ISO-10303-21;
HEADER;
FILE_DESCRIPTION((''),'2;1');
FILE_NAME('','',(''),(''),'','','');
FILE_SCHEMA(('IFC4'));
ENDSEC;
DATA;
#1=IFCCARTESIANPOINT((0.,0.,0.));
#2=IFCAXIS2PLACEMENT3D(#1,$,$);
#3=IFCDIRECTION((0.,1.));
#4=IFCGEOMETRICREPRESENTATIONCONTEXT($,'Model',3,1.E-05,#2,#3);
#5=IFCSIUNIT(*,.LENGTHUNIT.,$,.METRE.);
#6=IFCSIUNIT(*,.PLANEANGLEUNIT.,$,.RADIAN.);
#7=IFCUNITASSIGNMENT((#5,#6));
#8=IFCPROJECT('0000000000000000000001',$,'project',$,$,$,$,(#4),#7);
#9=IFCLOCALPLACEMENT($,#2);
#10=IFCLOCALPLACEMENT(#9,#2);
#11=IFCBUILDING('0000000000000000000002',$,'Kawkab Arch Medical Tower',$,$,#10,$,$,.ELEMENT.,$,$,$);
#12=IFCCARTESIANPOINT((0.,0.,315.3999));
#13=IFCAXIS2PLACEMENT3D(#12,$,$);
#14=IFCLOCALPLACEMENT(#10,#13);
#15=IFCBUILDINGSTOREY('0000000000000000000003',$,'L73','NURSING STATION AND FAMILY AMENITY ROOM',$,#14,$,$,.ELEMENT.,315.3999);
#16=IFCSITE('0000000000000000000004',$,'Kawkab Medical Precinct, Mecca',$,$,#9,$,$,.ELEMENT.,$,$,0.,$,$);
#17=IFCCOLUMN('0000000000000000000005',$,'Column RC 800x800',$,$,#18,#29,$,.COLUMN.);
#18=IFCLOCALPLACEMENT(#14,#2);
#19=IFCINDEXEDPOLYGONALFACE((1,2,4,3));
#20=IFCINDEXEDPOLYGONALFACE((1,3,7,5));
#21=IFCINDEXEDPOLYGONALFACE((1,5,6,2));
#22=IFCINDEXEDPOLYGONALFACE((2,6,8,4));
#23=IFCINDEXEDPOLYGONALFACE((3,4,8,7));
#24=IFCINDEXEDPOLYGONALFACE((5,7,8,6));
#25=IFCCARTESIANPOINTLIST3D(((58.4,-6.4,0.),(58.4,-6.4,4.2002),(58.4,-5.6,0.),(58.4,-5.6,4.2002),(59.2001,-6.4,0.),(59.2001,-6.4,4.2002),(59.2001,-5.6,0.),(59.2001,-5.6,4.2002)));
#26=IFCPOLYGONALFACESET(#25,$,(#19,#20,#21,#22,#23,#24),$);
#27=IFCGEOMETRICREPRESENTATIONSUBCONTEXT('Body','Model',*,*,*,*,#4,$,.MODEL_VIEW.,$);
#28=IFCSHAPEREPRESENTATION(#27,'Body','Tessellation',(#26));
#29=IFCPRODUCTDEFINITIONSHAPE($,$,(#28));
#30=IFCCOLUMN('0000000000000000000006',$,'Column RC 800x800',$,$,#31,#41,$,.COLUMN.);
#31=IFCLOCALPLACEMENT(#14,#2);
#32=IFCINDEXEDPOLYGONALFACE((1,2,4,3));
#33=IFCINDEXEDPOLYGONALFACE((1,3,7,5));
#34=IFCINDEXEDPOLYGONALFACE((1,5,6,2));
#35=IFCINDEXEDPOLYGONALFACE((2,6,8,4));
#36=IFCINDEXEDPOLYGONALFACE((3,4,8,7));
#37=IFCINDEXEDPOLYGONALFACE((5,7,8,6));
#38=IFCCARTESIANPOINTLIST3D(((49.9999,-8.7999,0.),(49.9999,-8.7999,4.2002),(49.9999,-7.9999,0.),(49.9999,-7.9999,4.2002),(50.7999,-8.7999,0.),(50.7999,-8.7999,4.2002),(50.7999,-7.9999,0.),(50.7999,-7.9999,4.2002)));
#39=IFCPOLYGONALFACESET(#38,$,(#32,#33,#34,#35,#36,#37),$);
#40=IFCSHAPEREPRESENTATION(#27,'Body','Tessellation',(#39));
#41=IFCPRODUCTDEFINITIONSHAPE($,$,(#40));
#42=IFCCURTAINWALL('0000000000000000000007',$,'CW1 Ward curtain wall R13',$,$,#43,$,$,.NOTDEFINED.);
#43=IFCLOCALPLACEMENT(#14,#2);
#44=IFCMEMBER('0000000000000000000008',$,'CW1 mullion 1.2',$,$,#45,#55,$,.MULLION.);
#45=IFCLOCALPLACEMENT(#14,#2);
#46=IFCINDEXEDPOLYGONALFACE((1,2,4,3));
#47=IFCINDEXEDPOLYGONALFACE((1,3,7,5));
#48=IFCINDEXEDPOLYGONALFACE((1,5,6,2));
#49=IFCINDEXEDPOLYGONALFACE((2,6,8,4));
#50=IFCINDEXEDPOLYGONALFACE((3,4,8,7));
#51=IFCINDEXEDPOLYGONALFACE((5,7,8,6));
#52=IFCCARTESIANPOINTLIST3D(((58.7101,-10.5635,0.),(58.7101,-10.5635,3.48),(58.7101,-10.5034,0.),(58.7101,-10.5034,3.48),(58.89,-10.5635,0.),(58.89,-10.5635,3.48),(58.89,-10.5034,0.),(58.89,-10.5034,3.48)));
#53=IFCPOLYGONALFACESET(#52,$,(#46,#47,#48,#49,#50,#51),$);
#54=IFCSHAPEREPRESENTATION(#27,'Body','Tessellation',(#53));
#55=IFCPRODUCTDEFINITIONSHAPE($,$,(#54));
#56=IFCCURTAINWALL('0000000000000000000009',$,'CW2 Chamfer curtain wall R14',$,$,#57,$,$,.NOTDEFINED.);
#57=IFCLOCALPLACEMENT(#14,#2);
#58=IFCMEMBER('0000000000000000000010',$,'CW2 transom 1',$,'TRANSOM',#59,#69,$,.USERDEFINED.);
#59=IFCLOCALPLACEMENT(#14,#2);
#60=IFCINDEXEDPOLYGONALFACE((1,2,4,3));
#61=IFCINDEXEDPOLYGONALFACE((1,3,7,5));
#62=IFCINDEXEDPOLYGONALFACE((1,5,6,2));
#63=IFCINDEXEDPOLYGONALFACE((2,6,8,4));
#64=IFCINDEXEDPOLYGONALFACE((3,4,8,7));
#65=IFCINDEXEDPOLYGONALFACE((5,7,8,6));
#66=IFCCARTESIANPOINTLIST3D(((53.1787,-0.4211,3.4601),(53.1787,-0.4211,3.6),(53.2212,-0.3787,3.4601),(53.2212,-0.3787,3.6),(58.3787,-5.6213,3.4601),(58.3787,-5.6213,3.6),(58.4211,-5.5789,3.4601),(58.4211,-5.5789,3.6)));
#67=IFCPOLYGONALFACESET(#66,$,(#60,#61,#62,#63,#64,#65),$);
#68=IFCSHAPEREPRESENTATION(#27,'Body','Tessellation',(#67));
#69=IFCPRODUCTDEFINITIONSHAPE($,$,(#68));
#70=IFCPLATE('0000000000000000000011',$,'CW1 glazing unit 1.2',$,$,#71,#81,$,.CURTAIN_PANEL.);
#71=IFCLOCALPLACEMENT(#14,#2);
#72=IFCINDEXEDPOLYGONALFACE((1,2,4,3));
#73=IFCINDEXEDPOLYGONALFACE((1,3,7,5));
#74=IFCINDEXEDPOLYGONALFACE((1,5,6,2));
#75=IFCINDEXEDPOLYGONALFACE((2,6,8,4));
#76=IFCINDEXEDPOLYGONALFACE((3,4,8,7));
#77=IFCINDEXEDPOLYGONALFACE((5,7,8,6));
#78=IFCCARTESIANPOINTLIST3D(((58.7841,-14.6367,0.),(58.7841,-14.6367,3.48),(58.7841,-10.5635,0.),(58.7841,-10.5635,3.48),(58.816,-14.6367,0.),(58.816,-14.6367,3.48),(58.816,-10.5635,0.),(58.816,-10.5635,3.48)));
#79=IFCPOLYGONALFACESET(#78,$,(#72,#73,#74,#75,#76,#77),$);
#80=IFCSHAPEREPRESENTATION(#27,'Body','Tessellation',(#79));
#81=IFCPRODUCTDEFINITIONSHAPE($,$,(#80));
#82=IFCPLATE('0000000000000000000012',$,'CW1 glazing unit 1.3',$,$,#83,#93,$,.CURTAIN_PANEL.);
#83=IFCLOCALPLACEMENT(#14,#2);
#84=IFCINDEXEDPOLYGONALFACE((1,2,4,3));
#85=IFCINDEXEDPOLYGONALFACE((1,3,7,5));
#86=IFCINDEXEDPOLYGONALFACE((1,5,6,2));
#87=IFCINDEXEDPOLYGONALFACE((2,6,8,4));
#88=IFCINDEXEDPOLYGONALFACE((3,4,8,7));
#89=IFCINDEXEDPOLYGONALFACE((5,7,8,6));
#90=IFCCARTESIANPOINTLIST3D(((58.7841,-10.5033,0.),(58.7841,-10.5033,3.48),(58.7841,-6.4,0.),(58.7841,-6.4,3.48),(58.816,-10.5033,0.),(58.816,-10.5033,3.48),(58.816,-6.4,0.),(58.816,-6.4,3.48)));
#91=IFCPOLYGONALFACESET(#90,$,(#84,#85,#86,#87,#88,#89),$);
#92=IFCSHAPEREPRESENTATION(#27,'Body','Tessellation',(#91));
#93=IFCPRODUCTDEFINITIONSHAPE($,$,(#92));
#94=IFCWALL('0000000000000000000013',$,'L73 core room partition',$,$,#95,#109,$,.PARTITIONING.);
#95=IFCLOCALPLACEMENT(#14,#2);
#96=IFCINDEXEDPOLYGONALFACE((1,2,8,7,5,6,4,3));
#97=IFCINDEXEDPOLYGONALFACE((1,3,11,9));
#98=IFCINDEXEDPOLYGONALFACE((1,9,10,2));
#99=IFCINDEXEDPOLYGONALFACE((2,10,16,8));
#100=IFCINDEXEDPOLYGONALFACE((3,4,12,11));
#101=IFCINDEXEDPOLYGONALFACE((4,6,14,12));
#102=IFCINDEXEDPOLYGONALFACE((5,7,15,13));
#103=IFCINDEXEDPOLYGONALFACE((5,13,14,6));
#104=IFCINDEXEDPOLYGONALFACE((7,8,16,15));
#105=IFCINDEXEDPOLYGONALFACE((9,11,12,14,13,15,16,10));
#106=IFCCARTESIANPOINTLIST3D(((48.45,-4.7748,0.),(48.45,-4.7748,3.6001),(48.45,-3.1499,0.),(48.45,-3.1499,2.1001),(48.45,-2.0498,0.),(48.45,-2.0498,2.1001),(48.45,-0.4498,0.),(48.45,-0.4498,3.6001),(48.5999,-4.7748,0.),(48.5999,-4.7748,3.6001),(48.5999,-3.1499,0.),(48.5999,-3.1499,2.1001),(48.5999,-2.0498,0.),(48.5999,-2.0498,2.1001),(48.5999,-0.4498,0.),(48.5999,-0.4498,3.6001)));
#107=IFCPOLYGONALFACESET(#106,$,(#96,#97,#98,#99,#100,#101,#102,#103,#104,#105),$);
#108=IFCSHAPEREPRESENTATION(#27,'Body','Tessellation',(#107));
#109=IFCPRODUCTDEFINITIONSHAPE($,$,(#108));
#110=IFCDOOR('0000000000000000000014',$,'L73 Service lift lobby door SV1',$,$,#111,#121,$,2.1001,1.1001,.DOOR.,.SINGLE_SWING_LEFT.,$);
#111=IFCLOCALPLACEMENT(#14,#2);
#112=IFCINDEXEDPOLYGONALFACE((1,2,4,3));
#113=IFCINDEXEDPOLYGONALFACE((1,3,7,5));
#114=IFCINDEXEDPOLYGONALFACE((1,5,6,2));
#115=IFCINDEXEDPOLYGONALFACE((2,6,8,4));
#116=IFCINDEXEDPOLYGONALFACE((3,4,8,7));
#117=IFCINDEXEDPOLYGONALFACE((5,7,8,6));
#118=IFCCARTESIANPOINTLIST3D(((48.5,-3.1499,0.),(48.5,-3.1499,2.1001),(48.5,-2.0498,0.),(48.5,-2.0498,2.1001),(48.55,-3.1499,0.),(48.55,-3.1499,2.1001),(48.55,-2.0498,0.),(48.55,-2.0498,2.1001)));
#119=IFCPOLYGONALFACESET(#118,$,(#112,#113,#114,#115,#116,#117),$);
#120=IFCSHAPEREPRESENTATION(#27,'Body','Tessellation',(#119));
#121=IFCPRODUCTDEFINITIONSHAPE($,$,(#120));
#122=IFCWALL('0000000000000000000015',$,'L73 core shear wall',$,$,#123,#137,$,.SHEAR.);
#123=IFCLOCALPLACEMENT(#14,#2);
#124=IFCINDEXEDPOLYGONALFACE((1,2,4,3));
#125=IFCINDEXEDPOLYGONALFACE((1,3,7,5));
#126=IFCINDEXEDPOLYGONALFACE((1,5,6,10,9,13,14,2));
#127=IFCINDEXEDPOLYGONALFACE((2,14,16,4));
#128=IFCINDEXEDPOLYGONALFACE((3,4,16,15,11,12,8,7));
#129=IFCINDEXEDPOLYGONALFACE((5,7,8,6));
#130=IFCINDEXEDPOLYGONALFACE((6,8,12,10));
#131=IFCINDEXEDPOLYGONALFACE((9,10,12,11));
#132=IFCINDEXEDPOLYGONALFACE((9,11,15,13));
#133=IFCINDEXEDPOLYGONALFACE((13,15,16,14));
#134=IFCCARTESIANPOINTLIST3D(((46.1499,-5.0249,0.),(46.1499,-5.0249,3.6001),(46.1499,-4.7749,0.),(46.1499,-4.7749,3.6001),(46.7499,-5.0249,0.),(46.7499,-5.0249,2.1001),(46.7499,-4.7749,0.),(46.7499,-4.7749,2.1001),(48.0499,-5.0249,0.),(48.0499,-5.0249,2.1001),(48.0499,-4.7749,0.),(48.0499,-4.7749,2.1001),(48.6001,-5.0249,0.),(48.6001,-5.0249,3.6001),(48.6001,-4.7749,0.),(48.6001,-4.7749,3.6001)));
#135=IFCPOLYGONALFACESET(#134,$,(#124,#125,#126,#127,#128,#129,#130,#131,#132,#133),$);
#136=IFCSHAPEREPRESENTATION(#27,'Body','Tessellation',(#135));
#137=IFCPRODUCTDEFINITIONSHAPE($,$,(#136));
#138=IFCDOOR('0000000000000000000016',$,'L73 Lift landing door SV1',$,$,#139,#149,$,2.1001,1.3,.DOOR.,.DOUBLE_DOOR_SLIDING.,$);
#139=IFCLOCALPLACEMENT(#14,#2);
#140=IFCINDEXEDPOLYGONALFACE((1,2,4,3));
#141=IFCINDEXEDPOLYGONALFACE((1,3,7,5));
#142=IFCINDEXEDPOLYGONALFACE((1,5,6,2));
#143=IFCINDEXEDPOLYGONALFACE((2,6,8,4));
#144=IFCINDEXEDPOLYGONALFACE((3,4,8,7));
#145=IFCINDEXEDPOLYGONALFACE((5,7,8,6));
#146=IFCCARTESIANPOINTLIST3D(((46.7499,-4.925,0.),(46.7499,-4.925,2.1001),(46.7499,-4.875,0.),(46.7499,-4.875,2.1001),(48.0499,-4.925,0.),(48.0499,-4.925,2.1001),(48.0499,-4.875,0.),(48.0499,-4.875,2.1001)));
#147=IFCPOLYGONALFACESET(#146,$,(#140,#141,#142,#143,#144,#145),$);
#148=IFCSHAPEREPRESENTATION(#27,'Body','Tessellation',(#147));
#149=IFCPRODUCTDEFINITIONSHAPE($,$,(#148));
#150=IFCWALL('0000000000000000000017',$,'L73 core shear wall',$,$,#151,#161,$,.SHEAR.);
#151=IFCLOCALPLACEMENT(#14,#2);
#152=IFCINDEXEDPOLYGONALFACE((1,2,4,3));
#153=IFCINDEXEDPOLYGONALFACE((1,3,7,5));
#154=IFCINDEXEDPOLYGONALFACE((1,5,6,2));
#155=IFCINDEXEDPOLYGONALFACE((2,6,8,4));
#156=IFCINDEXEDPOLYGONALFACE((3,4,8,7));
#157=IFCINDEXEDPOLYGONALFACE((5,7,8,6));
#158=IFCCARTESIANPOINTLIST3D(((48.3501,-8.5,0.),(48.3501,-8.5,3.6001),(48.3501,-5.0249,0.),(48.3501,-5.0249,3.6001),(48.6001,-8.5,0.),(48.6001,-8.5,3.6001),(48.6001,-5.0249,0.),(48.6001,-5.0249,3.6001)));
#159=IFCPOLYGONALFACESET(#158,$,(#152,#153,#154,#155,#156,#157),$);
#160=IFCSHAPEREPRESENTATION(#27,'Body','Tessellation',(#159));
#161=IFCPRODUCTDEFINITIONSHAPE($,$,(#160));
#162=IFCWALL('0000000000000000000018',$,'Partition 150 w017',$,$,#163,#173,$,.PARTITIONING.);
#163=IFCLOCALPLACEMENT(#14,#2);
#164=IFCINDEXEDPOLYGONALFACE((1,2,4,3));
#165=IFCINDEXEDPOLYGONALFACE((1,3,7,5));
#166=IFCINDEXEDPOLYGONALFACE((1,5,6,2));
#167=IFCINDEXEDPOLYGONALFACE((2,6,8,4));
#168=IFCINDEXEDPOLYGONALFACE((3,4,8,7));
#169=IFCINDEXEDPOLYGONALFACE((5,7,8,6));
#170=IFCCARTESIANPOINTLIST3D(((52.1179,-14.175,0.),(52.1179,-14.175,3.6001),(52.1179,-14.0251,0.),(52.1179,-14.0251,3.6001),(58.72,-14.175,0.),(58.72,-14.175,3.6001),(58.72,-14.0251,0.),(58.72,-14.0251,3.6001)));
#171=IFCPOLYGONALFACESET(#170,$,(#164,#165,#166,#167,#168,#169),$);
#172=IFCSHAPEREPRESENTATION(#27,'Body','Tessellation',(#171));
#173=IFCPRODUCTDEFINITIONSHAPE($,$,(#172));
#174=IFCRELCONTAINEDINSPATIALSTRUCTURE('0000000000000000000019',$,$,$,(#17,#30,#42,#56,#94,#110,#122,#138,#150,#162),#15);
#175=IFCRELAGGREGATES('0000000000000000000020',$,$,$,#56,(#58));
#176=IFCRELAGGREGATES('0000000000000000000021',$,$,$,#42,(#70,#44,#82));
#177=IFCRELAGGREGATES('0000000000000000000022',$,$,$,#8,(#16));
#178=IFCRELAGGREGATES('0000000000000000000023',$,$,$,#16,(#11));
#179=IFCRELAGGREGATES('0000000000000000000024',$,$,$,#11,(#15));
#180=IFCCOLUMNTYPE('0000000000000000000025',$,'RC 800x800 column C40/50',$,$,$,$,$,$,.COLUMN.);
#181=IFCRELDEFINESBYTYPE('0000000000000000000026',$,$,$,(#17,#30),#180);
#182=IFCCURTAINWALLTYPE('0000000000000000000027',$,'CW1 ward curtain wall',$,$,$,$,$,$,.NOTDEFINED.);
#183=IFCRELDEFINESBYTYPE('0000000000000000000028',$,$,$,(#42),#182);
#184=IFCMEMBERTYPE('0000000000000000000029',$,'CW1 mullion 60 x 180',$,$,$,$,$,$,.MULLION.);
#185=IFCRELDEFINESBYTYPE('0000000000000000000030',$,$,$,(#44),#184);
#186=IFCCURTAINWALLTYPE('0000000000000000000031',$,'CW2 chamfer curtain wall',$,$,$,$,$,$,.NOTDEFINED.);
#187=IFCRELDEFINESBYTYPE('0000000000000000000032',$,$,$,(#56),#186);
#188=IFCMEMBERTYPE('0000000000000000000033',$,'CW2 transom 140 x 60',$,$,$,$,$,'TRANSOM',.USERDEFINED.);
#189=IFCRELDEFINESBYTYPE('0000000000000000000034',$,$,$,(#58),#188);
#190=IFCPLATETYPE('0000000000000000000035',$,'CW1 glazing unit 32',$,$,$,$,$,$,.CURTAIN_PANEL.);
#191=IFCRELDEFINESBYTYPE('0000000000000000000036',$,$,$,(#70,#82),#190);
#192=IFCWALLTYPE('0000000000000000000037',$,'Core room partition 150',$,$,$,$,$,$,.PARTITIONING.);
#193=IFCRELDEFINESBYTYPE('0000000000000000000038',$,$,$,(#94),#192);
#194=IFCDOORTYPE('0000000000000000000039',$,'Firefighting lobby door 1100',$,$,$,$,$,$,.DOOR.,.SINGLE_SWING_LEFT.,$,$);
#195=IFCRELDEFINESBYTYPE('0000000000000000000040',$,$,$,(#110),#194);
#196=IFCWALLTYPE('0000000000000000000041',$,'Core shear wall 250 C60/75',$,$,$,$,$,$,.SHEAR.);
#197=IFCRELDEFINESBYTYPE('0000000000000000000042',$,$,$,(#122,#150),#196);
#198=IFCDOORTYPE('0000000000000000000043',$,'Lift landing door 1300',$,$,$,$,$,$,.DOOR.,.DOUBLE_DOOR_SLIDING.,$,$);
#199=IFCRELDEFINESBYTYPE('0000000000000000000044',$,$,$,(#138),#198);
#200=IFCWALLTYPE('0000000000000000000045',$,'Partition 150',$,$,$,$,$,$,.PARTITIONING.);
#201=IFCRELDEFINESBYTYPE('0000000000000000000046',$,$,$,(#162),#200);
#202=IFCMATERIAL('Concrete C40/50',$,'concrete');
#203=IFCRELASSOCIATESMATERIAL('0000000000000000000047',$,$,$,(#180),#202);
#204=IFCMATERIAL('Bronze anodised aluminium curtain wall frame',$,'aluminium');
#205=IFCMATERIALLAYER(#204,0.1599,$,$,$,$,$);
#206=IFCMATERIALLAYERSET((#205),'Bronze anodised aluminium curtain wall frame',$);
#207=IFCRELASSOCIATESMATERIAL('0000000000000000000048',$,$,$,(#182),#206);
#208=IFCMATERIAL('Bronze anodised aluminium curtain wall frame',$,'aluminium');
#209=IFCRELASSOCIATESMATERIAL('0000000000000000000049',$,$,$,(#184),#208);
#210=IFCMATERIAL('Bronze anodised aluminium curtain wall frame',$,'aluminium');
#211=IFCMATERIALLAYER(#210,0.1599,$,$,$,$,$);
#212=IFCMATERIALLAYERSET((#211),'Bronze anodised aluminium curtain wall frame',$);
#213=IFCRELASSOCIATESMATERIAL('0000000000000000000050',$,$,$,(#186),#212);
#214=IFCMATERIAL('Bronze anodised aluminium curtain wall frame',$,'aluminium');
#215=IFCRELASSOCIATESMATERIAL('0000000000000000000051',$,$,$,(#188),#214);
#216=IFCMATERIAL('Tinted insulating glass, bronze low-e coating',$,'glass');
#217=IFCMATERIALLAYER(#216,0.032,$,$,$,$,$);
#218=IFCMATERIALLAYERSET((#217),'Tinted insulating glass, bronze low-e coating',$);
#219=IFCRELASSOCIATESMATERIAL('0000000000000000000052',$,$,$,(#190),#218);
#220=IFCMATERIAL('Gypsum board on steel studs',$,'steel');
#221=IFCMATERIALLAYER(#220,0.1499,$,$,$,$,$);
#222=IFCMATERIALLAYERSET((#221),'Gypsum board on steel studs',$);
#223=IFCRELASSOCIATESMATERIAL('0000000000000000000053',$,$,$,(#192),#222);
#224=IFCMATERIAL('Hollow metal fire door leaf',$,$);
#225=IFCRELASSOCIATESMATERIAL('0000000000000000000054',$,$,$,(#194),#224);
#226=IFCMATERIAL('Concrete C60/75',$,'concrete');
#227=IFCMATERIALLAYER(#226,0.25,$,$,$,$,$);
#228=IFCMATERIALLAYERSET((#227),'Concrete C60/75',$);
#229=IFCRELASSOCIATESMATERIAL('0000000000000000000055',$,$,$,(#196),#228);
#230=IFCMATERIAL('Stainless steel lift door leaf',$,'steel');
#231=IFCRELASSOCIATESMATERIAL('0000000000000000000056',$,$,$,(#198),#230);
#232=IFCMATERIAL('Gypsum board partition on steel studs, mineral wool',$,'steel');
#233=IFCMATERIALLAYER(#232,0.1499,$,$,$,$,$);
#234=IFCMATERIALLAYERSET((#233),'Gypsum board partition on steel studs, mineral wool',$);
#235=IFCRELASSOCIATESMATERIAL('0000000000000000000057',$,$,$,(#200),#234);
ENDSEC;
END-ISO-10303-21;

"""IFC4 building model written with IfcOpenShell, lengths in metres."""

from ifc_helpers import new_model, si_unit, direction, frame, frame_2d, origin, origin_2d, place, context, subcontext, project, spatial, rectangle, extrude, material, layer, layer_set, material_profile, profile_set, type_object, element, fill, aggregate, save


model = new_model("IFC4")

# Units and contexts
model_context = context("Model", 3, precision=1e-05, world=origin(), true_north=direction((0.0, 1.0)))
body_context = subcontext(model_context, "Body", "Model", "MODEL_VIEW")
ifc_project = project(units=[si_unit("LENGTHUNIT", "METRE"), si_unit("PLANEANGLEUNIT", "RADIAN")], contexts=[model_context])

# Site, building, storey
site_placement = place(None, origin())
site = spatial("IfcSite", under=ifc_project, at=site_placement, Name="Kawkab Medical Precinct, Mecca", CompositionType="ELEMENT", RefElevation=0.0)
building_placement = place(site_placement, origin())
building = spatial("IfcBuilding", under=site, at=building_placement, Name="Kawkab Arch Medical Tower", CompositionType="ELEMENT")
storey_placement = place(building_placement, frame((0.0, 0.0, 315.3999)))
storey = spatial("IfcBuildingStorey", under=building, at=storey_placement, Name="L73", Description="NURSING STATION AND FAMILY AMENITY ROOM", CompositionType="ELEMENT", Elevation=315.3999)

# Columns
ifc_material_1 = material(Name="Concrete C40/50", Category="concrete")
ifc_material_profile_1 = material_profile(ifc_material_1, rectangle(XDim=0.8, YDim=0.8, at=origin_2d()), Name="RC 800x800")
ifc_profile_set_1 = profile_set([ifc_material_profile_1], Name="Concrete C40/50")
column_type = type_object("IfcColumnType", Name="RC 800x800 column C40/50", PredefinedType="COLUMN", material=ifc_profile_set_1)
for number, where, z_axis, x_axis, name in (
    (1, (58.8, -6.0, 0.0), (0.0, 0.0, 1.0), (1.0, 0.0, 0.0), "Column RC 800x800"),
    (2, (50.3999, -8.3999, 0.0), (0.0, 0.0, 1.0), (1.0, 0.0, 0.0), "Column RC 800x800"),
):
    element("IfcColumn", number, at=place(storey_placement, frame(where, z_axis=z_axis, x_axis=x_axis)), inside=storey, type_object=column_type, Name=name, PredefinedType="COLUMN", context=body_context, shape_type="SweptSolid", body=[
        extrude(rectangle(XDim=0.8, YDim=0.8, at=origin_2d()), origin(), (0.0, 0.0, 1.0), 4.2002),
    ])

# Curtain walls, members
ifc_material_2 = material(Name="Bronze anodised aluminium curtain wall frame", Category="aluminium")
ifc_layer_1 = layer(ifc_material_2, 0.1599)
ifc_layer_set_1 = layer_set([ifc_layer_1], Name="Bronze anodised aluminium curtain wall frame")
curtain_wall_type_1 = type_object("IfcCurtainWallType", Name="CW1 ward curtain wall", PredefinedType="NOTDEFINED", material=ifc_layer_set_1)
placement = place(storey_placement, origin())
curtain_wall_1 = element("IfcCurtainWall", 3, at=placement, inside=storey, type_object=curtain_wall_type_1, Name="CW1 Ward curtain wall R13", PredefinedType="NOTDEFINED")
ifc_material_3 = material(Name="Bronze anodised aluminium curtain wall frame", Category="aluminium")
ifc_material_profile_2 = material_profile(ifc_material_3, rectangle(XDim=0.1799, YDim=0.0601, at=origin_2d()), Name="AL 60x180")
ifc_profile_set_2 = profile_set([ifc_material_profile_2], Name="Bronze anodised aluminium curtain wall frame")
member_type_1 = type_object("IfcMemberType", Name="CW1 mullion 60 x 180", PredefinedType="MULLION", material=ifc_profile_set_2)
member_1_placement = place(storey_placement, frame((58.8, -10.5334, 0.0), z_axis=(0.0, 0.0, 1.0), x_axis=(-1.0, 0.0, 0.0)))
member_1 = element("IfcMember", 4, at=member_1_placement, type_object=member_type_1, Name="CW1 mullion 1.2", PredefinedType="MULLION", context=body_context, shape_type="SweptSolid", body=[
    extrude(rectangle(XDim=0.1799, YDim=0.0601, at=origin_2d()), origin(), (0.0, 0.0, 1.0), 3.48),
])
ifc_material_4 = material(Name="Bronze anodised aluminium curtain wall frame", Category="aluminium")
ifc_layer_2 = layer(ifc_material_4, 0.1599)
ifc_layer_set_2 = layer_set([ifc_layer_2], Name="Bronze anodised aluminium curtain wall frame")
curtain_wall_type_2 = type_object("IfcCurtainWallType", Name="CW2 chamfer curtain wall", PredefinedType="NOTDEFINED", material=ifc_layer_set_2)
curtain_wall_2 = element("IfcCurtainWall", 5, at=placement, inside=storey, type_object=curtain_wall_type_2, Name="CW2 Chamfer curtain wall R14", PredefinedType="NOTDEFINED")
ifc_material_5 = material(Name="Bronze anodised aluminium curtain wall frame", Category="aluminium")
ifc_material_profile_3 = material_profile(ifc_material_5, rectangle(XDim=0.0601, YDim=0.1399, at=origin_2d()), Name="AL 60x140")
ifc_profile_set_3 = profile_set([ifc_material_profile_3], Name="Bronze anodised aluminium curtain wall frame")
member_type_2 = type_object("IfcMemberType", Name="CW2 transom 140 x 60", ElementType="TRANSOM", PredefinedType="USERDEFINED", material=ifc_profile_set_3)
member_2_placement = place(storey_placement, frame((58.3999, -5.6001, 3.53), z_axis=(-0.70709, 0.707123, 0.0), x_axis=(-0.707123, -0.70709, 0.0)))
member_2 = element("IfcMember", 6, at=member_2_placement, type_object=member_type_2, Name="CW2 transom 1", ObjectType="TRANSOM", PredefinedType="USERDEFINED", context=body_context, shape_type="SweptSolid", body=[
    extrude(rectangle(XDim=0.0601, YDim=0.1399, at=origin_2d()), origin(), (0.0, 0.0, 1.0), 7.354),
])
aggregate(curtain_wall_2, [member_2])

# Plates
ifc_material_6 = material(Name="Tinted insulating glass, bronze low-e coating", Category="glass")
ifc_layer_3 = layer(ifc_material_6, 0.032)
ifc_layer_set_3 = layer_set([ifc_layer_3], Name="Tinted insulating glass, bronze low-e coating")
plate_type = type_object("IfcPlateType", Name="CW1 glazing unit 32", PredefinedType="CURTAIN_PANEL", material=ifc_layer_set_3)
plate_1_placement = place(storey_placement, frame((58.8, -12.6001, 0.0), z_axis=(0.0, 0.0, 1.0), x_axis=(0.0, 1.0, 0.0)))
plate_1 = element("IfcPlate", 7, at=plate_1_placement, type_object=plate_type, Name="CW1 glazing unit 1.2", PredefinedType="CURTAIN_PANEL", context=body_context, shape_type="SweptSolid", body=[
    extrude(rectangle(XDim=4.0732, YDim=0.032, at=origin_2d()), origin(), (0.0, 0.0, 1.0), 3.48),
])
plate_2_placement = place(storey_placement, frame((58.8, -8.4517, 0.0), z_axis=(0.0, 0.0, 1.0), x_axis=(0.0, 1.0, 0.0)))
plate_2 = element("IfcPlate", 8, at=plate_2_placement, type_object=plate_type, Name="CW1 glazing unit 1.3", PredefinedType="CURTAIN_PANEL", context=body_context, shape_type="SweptSolid", body=[
    extrude(rectangle(XDim=4.1033, YDim=0.032, at=origin_2d()), origin(), (0.0, 0.0, 1.0), 3.48),
])
aggregate(curtain_wall_1, [plate_1, member_1, plate_2])

# Walls, openings, doors
ifc_material_7 = material(Name="Gypsum board on steel studs", Category="steel")
ifc_layer_4 = layer(ifc_material_7, 0.1499)
ifc_layer_set_4 = layer_set([ifc_layer_4], Name="Gypsum board on steel studs")
wall_type_1 = type_object("IfcWallType", Name="Core room partition 150", PredefinedType="PARTITIONING", material=ifc_layer_set_4)
wall_1_placement = place(storey_placement, frame((48.5249, -4.7749, 0.0), z_axis=(0.0, 0.0, 1.0), x_axis=(0.0, 1.0, 0.0)))
wall_1 = element("IfcWall", 9, at=wall_1_placement, inside=storey, type_object=wall_type_1, Name="L73 core room partition", PredefinedType="PARTITIONING", context=body_context, shape_type="SweptSolid", body=[
    extrude(rectangle(XDim=4.325, YDim=0.1499, at=frame_2d((2.1626, 0.0))), origin(), (0.0, 0.0, 1.0), 3.6001),
])
opening_1_placement = place(wall_1_placement, frame((1.625, 0.0, 0.0)))
opening_1 = element("IfcOpeningElement", 10, at=opening_1_placement, cuts=wall_1, PredefinedType="OPENING", context=body_context, shape_type="SweptSolid", body=[
    extrude(rectangle(XDim=1.1001, YDim=2.1001, at=frame_2d((0.55, 1.05))), frame((0.0, 0.085, 0.0), z_axis=(0.0, -1.0, 0.0), x_axis=(1.0, 0.0, 0.0)), (0.0, 0.0, 1.0), 0.1699),
])
ifc_material_8 = material(Name="Hollow metal fire door leaf")
door_type_1 = type_object("IfcDoorType", Name="Firefighting lobby door 1100", OperationType="SINGLE_SWING_LEFT", PredefinedType="DOOR", material=ifc_material_8)
door_1_placement = place(opening_1_placement, origin())
door_1 = element("IfcDoor", 11, at=door_1_placement, inside=storey, type_object=door_type_1, Name="L73 Service lift lobby door SV1", OperationType="SINGLE_SWING_LEFT", OverallHeight=2.1001, OverallWidth=1.1001, PredefinedType="DOOR", context=body_context, shape_type="SweptSolid", body=[
    extrude(rectangle(XDim=1.1001, YDim=2.1001, at=frame_2d((0.55, 1.05))), frame((0.0, 0.0249, 0.0), z_axis=(0.0, -1.0, 0.0), x_axis=(1.0, 0.0, 0.0)), (0.0, 0.0, 1.0), 0.05),
])
fill(opening_1, door_1)
ifc_material_9 = material(Name="Concrete C60/75", Category="concrete")
ifc_layer_5 = layer(ifc_material_9, 0.25)
ifc_layer_set_5 = layer_set([ifc_layer_5], Name="Concrete C60/75")
wall_type_2 = type_object("IfcWallType", Name="Core shear wall 250 C60/75", PredefinedType="SHEAR", material=ifc_layer_set_5)
wall_2_placement = place(storey_placement, frame((46.1499, -4.8999, 0.0), z_axis=(0.0, 0.0, 1.0), x_axis=(1.0, 0.0, 0.0)))
wall_2 = element("IfcWall", 12, at=wall_2_placement, inside=storey, type_object=wall_type_2, Name="L73 core shear wall", PredefinedType="SHEAR", context=body_context, shape_type="SweptSolid", body=[
    extrude(rectangle(XDim=2.4502, YDim=0.25, at=frame_2d((1.2251, 0.0))), origin(), (0.0, 0.0, 1.0), 3.6001),
])
opening_2_placement = place(wall_2_placement, frame((0.6001, 0.0, 0.0)))
opening_2 = element("IfcOpeningElement", 13, at=opening_2_placement, cuts=wall_2, PredefinedType="OPENING", context=body_context, shape_type="SweptSolid", body=[
    extrude(rectangle(XDim=1.3, YDim=2.1001, at=frame_2d((0.6499, 1.05))), frame((0.0, 0.135, 0.0), z_axis=(0.0, -1.0, 0.0), x_axis=(1.0, 0.0, 0.0)), (0.0, 0.0, 1.0), 0.27),
])
ifc_material_10 = material(Name="Stainless steel lift door leaf", Category="steel")
door_type_2 = type_object("IfcDoorType", Name="Lift landing door 1300", OperationType="DOUBLE_DOOR_SLIDING", PredefinedType="DOOR", material=ifc_material_10)
door_2_placement = place(opening_2_placement, origin())
door_2 = element("IfcDoor", 14, at=door_2_placement, inside=storey, type_object=door_type_2, Name="L73 Lift landing door SV1", OperationType="DOUBLE_DOOR_SLIDING", OverallHeight=2.1001, OverallWidth=1.3, PredefinedType="DOOR", context=body_context, shape_type="SweptSolid", body=[
    extrude(rectangle(XDim=1.3, YDim=2.1001, at=frame_2d((0.6499, 1.05))), frame((0.0, 0.0249, 0.0), z_axis=(0.0, -1.0, 0.0), x_axis=(1.0, 0.0, 0.0)), (0.0, 0.0, 1.0), 0.05),
])
fill(opening_2, door_2)

# Walls
wall_3_placement = place(storey_placement, frame((48.4751, -8.5, 0.0), z_axis=(0.0, 0.0, 1.0), x_axis=(0.0, 1.0, 0.0)))
element("IfcWall", 15, at=wall_3_placement, inside=storey, type_object=wall_type_2, Name="L73 core shear wall", PredefinedType="SHEAR", context=body_context, shape_type="SweptSolid", body=[
    extrude(rectangle(XDim=3.4751, YDim=0.25, at=frame_2d((1.7375, 0.0))), origin(), (0.0, 0.0, 1.0), 3.6001),
])
ifc_material_11 = material(Name="Gypsum board partition on steel studs, mineral wool", Category="steel")
ifc_layer_6 = layer(ifc_material_11, 0.1499)
ifc_layer_set_6 = layer_set([ifc_layer_6], Name="Gypsum board partition on steel studs, mineral wool")
wall_type_3 = type_object("IfcWallType", Name="Partition 150", PredefinedType="PARTITIONING", material=ifc_layer_set_6)
wall_4_placement = place(storey_placement, frame((52.1179, -14.1001, 0.0), z_axis=(0.0, 0.0, 1.0), x_axis=(1.0, 0.0, 0.0)))
element("IfcWall", 16, at=wall_4_placement, inside=storey, type_object=wall_type_3, Name="Partition 150 w017", PredefinedType="PARTITIONING", context=body_context, shape_type="SweptSolid", body=[
    extrude(rectangle(XDim=6.6021, YDim=0.1499, at=frame_2d((3.301, 0.0))), origin(), (0.0, 0.0, 1.0), 3.6001),
])

save(model, "model.ifc")
